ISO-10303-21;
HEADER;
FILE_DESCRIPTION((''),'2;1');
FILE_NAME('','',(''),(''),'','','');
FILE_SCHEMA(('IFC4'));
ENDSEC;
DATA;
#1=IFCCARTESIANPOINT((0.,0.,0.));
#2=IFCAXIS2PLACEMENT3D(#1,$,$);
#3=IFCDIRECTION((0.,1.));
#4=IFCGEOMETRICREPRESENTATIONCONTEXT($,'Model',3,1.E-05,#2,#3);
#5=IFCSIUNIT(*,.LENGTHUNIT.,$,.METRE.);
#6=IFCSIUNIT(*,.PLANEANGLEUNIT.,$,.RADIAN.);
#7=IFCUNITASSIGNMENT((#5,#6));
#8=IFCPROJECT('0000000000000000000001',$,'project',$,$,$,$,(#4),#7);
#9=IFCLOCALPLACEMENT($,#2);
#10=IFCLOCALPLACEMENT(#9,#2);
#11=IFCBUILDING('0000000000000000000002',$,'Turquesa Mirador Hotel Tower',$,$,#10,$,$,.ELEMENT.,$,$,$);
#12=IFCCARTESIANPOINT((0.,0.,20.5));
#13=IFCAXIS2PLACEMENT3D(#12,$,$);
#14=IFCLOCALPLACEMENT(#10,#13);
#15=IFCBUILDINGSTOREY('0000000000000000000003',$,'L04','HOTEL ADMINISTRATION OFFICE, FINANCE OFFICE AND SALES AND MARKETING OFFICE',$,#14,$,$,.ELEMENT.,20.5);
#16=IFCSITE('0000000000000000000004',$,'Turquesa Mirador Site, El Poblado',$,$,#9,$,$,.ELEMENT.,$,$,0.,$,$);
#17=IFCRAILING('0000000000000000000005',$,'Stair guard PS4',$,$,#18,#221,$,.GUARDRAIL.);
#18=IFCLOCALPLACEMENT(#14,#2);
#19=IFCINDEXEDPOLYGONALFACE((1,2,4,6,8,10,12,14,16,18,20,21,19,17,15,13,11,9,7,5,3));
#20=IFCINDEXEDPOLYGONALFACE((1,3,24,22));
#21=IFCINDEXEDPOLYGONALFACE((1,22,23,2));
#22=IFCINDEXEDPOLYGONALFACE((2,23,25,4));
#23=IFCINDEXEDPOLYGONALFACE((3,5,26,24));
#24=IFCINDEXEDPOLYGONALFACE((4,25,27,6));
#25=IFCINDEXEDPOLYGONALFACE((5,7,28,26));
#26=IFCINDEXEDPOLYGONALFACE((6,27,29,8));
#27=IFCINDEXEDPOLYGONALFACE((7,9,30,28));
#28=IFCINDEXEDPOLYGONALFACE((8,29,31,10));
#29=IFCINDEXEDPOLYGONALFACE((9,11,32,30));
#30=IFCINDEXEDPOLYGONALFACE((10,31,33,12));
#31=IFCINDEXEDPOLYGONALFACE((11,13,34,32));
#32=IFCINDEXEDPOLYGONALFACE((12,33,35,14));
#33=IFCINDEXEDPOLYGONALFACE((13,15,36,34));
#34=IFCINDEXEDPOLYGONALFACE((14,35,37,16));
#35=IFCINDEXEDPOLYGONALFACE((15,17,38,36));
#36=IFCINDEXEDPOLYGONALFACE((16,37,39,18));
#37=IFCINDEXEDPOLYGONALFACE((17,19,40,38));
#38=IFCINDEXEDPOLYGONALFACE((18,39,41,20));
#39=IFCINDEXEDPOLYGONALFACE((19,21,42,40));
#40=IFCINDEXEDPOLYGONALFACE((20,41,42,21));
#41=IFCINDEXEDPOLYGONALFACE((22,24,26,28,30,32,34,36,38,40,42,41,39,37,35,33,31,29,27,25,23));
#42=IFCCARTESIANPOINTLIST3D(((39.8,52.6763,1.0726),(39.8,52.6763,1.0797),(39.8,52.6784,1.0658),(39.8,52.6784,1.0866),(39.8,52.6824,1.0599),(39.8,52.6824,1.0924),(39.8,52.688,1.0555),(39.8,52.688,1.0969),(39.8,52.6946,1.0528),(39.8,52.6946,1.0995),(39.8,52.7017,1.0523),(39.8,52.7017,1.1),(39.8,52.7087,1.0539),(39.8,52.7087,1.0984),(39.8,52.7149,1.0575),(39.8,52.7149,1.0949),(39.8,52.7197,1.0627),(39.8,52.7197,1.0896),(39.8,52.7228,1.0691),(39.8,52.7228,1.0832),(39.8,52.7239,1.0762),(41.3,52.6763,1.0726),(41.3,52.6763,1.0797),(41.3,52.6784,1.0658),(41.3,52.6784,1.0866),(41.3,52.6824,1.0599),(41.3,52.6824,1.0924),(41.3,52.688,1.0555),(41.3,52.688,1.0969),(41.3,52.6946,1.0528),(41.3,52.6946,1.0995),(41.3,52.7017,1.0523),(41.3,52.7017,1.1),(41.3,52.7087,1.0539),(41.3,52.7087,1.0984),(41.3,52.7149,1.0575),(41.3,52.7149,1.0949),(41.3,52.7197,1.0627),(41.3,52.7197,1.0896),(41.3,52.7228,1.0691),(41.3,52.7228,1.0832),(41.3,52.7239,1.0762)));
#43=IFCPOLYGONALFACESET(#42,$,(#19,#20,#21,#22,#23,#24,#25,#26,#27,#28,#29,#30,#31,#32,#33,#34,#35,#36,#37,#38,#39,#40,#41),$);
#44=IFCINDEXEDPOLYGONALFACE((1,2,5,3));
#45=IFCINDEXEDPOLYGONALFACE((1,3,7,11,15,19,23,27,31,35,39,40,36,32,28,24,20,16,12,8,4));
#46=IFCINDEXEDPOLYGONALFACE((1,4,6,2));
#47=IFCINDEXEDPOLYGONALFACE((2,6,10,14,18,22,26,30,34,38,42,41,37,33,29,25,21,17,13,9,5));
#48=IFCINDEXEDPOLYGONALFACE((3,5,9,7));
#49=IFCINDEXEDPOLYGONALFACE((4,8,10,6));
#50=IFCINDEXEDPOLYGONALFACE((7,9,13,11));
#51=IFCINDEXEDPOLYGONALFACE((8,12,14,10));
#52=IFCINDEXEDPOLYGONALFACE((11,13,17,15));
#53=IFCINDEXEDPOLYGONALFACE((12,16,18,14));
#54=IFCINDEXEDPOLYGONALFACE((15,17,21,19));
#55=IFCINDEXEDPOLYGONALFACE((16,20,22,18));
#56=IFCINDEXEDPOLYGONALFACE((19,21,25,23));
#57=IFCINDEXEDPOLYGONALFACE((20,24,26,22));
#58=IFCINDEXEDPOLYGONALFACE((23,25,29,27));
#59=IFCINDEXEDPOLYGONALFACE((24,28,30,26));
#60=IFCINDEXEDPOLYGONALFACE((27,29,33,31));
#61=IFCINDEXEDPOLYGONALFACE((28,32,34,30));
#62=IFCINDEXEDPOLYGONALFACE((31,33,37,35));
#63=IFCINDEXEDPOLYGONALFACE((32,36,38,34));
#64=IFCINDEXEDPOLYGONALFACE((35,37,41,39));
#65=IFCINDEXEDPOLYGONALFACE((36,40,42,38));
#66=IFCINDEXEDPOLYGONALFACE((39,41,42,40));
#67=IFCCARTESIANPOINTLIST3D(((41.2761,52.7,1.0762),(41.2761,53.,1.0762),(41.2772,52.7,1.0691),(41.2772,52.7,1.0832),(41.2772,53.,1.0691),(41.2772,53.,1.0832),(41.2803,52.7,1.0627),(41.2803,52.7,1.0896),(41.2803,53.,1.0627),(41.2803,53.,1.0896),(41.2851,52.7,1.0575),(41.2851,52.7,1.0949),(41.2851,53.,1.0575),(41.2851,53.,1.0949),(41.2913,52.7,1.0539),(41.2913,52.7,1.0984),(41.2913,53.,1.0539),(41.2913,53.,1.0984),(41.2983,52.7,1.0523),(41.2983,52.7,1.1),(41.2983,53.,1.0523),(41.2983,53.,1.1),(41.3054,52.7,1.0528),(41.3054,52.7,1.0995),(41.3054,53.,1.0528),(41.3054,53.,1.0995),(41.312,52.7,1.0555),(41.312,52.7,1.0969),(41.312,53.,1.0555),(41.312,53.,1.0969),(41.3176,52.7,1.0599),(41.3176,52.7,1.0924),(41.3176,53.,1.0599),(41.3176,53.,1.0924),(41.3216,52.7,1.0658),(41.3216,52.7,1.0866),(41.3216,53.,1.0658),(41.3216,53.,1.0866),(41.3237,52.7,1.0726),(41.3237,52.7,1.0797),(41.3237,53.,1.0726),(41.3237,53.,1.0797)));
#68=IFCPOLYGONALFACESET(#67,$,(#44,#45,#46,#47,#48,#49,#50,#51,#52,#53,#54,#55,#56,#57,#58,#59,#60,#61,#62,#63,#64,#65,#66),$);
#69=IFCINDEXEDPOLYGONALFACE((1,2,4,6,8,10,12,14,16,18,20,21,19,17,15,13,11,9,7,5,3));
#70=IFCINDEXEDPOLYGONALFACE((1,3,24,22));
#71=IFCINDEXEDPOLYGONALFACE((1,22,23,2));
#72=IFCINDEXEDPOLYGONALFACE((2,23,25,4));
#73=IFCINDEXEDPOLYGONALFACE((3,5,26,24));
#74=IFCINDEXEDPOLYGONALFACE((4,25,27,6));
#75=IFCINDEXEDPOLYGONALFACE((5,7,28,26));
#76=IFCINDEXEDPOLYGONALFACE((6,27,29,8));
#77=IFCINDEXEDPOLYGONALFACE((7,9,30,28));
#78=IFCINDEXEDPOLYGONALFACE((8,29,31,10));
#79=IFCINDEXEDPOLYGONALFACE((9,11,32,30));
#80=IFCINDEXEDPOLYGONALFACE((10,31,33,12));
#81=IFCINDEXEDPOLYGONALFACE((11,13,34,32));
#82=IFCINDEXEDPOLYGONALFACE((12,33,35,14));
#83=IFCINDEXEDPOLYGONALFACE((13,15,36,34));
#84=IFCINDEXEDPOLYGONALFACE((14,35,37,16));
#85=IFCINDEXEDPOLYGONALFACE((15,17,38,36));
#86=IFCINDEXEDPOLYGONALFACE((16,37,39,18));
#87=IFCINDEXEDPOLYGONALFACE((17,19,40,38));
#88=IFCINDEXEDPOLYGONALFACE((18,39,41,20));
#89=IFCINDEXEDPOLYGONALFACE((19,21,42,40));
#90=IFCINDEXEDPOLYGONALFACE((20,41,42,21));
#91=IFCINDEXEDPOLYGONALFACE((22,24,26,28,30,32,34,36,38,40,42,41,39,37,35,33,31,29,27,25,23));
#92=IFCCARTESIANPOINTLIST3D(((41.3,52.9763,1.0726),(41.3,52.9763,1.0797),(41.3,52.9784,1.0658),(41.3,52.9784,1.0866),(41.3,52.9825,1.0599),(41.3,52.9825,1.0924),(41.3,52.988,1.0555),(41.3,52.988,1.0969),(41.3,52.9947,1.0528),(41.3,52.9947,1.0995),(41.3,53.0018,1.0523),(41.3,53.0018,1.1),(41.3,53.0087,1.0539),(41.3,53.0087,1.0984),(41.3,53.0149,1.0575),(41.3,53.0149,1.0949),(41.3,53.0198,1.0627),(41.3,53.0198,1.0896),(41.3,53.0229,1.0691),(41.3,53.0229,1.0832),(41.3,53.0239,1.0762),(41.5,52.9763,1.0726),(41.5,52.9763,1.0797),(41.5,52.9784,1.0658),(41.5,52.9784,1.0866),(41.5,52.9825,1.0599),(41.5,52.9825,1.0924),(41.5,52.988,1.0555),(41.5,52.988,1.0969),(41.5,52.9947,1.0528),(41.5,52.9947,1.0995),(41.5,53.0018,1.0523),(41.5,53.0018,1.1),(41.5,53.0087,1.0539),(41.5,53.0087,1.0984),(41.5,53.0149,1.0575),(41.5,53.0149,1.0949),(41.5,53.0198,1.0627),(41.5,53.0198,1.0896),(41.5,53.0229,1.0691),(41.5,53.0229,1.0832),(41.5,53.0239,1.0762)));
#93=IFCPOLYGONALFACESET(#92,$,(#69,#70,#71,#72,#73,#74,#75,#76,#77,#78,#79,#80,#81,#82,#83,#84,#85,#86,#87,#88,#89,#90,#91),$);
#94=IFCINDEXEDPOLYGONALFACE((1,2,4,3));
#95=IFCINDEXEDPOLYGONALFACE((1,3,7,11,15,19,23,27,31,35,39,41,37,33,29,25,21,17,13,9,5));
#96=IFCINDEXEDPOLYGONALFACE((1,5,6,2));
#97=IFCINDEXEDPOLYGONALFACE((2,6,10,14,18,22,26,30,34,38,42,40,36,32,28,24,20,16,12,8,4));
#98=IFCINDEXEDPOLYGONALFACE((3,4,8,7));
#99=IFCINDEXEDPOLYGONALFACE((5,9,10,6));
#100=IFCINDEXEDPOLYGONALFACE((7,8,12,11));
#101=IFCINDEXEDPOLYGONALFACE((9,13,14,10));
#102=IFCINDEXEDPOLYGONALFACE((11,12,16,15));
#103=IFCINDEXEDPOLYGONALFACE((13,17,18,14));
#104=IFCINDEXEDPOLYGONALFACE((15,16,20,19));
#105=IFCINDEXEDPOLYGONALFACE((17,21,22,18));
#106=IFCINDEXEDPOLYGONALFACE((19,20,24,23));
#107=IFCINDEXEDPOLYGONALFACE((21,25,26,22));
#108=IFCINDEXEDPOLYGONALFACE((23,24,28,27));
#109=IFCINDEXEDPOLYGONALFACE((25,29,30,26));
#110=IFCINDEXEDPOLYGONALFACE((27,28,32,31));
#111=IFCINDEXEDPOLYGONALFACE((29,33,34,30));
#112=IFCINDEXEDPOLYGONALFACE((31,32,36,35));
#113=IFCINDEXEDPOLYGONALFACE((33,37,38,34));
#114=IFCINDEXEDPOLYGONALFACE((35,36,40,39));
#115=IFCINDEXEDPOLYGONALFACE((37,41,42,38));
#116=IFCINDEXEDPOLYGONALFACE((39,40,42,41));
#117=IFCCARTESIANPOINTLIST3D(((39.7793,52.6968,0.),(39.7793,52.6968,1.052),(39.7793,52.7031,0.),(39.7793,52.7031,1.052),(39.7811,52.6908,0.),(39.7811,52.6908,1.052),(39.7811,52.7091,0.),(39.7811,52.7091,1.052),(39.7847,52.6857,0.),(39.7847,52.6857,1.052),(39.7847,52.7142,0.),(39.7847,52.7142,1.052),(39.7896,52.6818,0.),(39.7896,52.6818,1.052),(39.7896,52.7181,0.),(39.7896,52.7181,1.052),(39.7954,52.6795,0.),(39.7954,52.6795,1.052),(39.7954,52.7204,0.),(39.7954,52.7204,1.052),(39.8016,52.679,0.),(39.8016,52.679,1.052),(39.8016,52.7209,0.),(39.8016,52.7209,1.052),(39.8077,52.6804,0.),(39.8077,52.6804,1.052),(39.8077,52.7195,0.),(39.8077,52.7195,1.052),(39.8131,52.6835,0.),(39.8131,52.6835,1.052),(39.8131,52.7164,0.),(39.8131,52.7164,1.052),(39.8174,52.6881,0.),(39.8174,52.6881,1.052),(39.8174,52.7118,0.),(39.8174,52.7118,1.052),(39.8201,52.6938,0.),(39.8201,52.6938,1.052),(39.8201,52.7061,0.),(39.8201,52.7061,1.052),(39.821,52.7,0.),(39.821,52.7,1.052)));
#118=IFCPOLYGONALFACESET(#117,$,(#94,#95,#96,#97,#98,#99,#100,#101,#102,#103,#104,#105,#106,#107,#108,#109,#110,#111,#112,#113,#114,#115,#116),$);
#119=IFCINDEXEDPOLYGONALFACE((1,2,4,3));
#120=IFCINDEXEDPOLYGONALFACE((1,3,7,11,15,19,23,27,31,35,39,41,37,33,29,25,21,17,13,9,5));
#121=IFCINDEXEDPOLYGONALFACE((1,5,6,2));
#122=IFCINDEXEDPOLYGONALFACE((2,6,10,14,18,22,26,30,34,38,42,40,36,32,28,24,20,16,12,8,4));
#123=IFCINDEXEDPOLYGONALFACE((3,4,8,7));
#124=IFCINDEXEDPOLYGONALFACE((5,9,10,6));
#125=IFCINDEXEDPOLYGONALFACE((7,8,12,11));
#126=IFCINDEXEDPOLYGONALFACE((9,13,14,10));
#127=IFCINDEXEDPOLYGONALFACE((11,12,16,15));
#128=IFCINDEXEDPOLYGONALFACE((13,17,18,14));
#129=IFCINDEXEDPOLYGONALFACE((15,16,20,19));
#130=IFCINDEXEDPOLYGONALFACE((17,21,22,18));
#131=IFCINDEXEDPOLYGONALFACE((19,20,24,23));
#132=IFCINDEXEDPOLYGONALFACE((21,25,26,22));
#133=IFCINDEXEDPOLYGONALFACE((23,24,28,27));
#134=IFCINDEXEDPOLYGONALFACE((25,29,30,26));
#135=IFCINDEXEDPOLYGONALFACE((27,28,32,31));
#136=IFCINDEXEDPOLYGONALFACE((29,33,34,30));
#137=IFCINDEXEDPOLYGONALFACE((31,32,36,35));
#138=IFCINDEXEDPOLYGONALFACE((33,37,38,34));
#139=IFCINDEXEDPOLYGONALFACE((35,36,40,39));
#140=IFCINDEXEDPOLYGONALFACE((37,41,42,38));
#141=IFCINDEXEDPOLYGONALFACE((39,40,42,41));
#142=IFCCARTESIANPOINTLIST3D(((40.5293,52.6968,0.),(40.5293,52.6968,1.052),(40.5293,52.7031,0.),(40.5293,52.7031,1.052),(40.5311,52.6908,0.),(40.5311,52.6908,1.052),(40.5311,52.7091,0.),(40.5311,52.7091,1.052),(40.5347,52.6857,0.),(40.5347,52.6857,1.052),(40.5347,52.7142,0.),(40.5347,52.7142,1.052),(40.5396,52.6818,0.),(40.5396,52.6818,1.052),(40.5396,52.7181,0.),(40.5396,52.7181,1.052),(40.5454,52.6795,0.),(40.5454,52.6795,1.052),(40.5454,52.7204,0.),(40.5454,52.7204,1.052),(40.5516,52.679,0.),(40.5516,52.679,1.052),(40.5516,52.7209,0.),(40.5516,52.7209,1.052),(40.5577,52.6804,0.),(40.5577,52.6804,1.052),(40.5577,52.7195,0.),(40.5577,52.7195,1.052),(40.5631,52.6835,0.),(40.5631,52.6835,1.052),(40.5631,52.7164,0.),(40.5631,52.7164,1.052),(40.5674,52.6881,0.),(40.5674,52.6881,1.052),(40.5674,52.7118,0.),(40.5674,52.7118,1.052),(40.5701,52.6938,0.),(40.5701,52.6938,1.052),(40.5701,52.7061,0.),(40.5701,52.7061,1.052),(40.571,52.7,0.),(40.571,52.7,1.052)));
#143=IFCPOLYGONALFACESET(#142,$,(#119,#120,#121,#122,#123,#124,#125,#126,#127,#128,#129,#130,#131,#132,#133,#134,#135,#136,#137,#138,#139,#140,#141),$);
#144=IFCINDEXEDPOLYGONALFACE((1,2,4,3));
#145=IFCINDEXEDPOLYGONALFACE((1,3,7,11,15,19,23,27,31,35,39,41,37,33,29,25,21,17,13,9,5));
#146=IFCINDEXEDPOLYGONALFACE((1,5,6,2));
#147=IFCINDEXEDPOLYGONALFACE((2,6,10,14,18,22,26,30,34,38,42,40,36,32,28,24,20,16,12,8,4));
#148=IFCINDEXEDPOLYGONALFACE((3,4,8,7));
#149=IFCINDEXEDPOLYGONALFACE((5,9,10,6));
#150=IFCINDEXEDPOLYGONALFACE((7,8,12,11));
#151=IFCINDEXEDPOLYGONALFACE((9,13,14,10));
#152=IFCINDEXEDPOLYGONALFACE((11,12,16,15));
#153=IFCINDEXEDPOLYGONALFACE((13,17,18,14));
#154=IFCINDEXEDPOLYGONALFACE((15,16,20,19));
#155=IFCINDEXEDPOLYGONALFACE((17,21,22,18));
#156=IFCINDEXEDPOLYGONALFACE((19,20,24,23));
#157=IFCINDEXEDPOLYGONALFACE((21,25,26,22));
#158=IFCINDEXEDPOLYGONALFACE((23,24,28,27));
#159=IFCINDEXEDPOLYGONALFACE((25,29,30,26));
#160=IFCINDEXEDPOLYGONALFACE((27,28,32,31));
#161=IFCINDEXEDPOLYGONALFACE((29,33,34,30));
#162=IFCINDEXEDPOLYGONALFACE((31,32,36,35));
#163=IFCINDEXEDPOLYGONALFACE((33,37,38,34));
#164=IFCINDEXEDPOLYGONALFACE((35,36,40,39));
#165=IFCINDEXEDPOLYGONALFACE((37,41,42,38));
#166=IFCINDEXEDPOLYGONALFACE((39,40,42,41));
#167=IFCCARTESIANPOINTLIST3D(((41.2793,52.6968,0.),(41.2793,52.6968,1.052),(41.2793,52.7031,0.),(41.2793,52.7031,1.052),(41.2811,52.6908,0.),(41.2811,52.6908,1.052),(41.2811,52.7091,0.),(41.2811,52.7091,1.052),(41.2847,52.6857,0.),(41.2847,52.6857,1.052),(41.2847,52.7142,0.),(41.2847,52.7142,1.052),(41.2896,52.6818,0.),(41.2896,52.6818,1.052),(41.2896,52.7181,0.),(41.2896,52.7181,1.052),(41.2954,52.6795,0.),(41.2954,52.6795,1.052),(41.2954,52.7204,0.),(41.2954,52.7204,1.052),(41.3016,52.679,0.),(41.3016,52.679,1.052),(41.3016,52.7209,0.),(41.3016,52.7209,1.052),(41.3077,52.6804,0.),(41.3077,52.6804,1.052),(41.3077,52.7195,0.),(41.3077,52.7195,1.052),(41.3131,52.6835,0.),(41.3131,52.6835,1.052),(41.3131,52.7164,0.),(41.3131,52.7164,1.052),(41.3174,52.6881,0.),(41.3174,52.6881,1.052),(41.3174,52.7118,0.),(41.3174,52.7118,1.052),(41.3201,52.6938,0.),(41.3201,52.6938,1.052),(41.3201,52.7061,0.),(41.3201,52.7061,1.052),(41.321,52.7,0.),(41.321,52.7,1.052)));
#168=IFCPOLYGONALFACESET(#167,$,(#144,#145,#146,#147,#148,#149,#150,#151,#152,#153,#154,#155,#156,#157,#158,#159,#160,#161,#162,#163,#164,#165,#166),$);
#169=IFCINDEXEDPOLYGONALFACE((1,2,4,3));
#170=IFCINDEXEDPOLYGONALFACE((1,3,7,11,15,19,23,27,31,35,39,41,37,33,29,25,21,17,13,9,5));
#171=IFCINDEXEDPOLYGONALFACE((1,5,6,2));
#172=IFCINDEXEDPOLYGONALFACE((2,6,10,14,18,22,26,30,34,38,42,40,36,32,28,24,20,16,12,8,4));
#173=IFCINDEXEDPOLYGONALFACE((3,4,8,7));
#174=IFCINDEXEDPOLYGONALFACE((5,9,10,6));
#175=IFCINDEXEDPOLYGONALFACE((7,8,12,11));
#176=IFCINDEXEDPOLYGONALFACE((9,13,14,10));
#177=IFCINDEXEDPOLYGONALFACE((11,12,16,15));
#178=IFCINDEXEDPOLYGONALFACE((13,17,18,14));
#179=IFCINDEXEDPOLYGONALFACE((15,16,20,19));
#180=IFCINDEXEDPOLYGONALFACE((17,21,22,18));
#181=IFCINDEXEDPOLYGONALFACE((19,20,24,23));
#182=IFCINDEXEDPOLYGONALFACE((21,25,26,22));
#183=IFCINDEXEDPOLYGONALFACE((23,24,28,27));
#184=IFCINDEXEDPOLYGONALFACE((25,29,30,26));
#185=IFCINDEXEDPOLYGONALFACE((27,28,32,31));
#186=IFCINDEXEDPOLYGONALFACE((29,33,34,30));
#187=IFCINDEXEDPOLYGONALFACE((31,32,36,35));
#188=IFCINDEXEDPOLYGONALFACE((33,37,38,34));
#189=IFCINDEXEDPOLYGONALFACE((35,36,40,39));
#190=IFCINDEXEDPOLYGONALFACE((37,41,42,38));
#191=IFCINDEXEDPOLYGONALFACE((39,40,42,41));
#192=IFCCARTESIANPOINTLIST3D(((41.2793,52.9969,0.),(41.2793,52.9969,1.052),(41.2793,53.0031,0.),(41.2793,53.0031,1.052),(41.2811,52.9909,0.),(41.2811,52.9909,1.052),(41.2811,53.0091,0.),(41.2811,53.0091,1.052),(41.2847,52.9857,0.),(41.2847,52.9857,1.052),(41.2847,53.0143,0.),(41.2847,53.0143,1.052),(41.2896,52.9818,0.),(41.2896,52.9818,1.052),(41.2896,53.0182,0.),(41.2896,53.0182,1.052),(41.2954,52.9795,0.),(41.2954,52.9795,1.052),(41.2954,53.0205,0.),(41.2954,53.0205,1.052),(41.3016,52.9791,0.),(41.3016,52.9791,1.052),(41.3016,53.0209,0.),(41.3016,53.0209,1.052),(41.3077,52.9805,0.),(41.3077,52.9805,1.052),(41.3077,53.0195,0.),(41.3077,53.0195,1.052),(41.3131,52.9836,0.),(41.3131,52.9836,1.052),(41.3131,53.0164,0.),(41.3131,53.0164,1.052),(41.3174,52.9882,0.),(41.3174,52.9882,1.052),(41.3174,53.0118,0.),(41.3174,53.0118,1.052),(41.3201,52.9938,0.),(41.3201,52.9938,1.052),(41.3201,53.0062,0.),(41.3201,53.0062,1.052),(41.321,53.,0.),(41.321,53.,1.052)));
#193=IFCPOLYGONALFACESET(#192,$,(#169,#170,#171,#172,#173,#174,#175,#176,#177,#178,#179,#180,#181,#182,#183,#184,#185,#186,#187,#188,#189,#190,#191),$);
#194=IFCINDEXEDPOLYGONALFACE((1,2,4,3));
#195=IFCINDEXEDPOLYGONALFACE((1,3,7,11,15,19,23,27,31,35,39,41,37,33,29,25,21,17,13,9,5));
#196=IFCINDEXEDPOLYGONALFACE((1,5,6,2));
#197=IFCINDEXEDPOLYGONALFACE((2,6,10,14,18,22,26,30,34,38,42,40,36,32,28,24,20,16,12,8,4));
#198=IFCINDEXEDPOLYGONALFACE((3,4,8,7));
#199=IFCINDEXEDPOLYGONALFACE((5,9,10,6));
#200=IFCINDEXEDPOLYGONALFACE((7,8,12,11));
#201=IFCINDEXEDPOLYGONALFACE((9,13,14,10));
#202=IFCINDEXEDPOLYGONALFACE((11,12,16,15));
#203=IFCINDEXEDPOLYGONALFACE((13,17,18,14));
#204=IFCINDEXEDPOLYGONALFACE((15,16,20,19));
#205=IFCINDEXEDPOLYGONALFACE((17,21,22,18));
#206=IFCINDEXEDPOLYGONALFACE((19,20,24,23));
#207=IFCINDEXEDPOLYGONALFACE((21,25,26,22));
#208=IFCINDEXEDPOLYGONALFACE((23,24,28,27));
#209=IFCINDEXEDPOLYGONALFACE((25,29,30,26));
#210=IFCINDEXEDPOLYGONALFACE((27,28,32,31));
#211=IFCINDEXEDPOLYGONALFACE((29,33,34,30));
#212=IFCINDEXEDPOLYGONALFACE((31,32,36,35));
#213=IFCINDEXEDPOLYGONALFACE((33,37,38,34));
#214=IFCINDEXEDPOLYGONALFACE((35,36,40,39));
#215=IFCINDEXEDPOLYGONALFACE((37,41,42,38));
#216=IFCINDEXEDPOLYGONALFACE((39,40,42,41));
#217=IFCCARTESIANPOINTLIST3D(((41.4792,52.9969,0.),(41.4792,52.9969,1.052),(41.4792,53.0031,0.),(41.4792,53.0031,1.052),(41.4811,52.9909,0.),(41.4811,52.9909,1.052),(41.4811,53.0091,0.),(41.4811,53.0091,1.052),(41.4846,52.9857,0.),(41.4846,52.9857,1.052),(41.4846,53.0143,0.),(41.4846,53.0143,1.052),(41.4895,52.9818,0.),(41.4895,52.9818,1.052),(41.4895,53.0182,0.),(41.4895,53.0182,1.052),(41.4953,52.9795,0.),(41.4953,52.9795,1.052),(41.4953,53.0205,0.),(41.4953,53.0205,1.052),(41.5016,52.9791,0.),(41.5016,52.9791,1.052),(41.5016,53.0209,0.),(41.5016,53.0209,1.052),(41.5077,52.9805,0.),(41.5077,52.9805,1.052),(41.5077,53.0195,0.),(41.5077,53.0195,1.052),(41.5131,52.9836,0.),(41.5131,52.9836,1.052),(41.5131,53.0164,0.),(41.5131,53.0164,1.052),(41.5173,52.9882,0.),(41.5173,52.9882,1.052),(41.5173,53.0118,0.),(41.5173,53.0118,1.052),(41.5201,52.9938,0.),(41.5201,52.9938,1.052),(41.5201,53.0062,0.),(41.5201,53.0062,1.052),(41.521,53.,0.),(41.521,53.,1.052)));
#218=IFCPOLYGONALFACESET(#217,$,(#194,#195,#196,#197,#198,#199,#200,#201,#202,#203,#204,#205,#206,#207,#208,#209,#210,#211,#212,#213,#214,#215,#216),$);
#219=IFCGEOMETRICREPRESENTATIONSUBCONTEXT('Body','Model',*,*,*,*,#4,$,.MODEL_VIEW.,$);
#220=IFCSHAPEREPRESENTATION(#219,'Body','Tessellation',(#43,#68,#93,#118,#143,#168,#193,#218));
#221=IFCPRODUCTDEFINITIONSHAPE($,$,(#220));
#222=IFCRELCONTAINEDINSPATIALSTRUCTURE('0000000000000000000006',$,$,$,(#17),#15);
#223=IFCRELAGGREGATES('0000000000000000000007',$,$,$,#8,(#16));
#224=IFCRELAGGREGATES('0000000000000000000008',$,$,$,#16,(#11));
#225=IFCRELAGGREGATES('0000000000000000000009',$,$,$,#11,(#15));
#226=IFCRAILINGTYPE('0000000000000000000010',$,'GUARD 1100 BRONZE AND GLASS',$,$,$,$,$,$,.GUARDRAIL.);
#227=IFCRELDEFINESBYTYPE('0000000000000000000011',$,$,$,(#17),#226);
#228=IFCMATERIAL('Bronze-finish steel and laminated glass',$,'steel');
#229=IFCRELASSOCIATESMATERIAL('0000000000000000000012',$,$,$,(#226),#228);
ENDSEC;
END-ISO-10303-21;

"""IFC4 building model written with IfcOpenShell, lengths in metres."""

from ifc_helpers import new_model, si_unit, direction, frame, origin, origin_2d, place, context, subcontext, project, spatial, circle, extrude, material, type_object, element, save


model = new_model("IFC4")

# Units and contexts
model_context = context("Model", 3, precision=1e-05, world=origin(), true_north=direction((0.0, 1.0)))
body_context = subcontext(model_context, "Body", "Model", "MODEL_VIEW")
ifc_project = project(units=[si_unit("LENGTHUNIT", "METRE"), si_unit("PLANEANGLEUNIT", "RADIAN")], contexts=[model_context])

# Site, building, storey
site_placement = place(None, origin())
site = spatial("IfcSite", under=ifc_project, at=site_placement, Name="Turquesa Mirador Site, El Poblado", CompositionType="ELEMENT", RefElevation=0.0)
building_placement = place(site_placement, origin())
building = spatial("IfcBuilding", under=site, at=building_placement, Name="Turquesa Mirador Hotel Tower", CompositionType="ELEMENT")
storey_placement = place(building_placement, frame((0.0, 0.0, 20.5)))
storey = spatial("IfcBuildingStorey", under=building, at=storey_placement, Name="L04", Description="HOTEL ADMINISTRATION OFFICE, FINANCE OFFICE AND SALES AND MARKETING OFFICE", CompositionType="ELEMENT", Elevation=20.5)

# Railing
ifc_material_1 = material(Name="Bronze-finish steel and laminated glass", Category="steel")
railing_type_1 = type_object("IfcRailingType", Name="GUARD 1100 BRONZE AND GLASS", PredefinedType="GUARDRAIL", material=ifc_material_1)
railing_1_placement = place(storey_placement, frame((39.8, 52.7, 0.0)))
element("IfcRailing", 1, at=railing_1_placement, inside=storey, type_object=railing_type_1, Name="Stair guard PS4", PredefinedType="GUARDRAIL", context=body_context, shape_type="SweptSolid", body=[
    extrude(circle(Radius=0.0239, at=origin_2d()), frame((0.0, 0.0, 1.0762), z_axis=(1.0, 0.0, 0.0), x_axis=(0.0, 1.0, 0.0)), (0.0, 0.0, 1.0), 1.5),
    extrude(circle(Radius=0.0239, at=origin_2d()), frame((1.5, 0.0, 1.0762), z_axis=(0.0, 1.0, 0.0), x_axis=(-1.0, 0.0, 0.0)), (0.0, 0.0, 1.0), 0.3),
    extrude(circle(Radius=0.0239, at=origin_2d()), frame((1.5, 0.3, 1.0762), z_axis=(1.0, 0.0, 0.0), x_axis=(0.0, 1.0, 0.0)), (0.0, 0.0, 1.0), 0.2),
    extrude(circle(Radius=0.021, at=origin_2d()), origin(), (0.0, 0.0, 1.0), 1.052),
    extrude(circle(Radius=0.021, at=origin_2d()), frame((0.75, 0.0, 0.0)), (0.0, 0.0, 1.0), 1.052),
    extrude(circle(Radius=0.021, at=origin_2d()), frame((1.5, 0.0, 0.0)), (0.0, 0.0, 1.0), 1.052),
    extrude(circle(Radius=0.021, at=origin_2d()), frame((1.5, 0.3, 0.0)), (0.0, 0.0, 1.0), 1.052),
    extrude(circle(Radius=0.021, at=origin_2d()), frame((1.7, 0.3, 0.0)), (0.0, 0.0, 1.0), 1.052),
])

save(model, "model.ifc")
